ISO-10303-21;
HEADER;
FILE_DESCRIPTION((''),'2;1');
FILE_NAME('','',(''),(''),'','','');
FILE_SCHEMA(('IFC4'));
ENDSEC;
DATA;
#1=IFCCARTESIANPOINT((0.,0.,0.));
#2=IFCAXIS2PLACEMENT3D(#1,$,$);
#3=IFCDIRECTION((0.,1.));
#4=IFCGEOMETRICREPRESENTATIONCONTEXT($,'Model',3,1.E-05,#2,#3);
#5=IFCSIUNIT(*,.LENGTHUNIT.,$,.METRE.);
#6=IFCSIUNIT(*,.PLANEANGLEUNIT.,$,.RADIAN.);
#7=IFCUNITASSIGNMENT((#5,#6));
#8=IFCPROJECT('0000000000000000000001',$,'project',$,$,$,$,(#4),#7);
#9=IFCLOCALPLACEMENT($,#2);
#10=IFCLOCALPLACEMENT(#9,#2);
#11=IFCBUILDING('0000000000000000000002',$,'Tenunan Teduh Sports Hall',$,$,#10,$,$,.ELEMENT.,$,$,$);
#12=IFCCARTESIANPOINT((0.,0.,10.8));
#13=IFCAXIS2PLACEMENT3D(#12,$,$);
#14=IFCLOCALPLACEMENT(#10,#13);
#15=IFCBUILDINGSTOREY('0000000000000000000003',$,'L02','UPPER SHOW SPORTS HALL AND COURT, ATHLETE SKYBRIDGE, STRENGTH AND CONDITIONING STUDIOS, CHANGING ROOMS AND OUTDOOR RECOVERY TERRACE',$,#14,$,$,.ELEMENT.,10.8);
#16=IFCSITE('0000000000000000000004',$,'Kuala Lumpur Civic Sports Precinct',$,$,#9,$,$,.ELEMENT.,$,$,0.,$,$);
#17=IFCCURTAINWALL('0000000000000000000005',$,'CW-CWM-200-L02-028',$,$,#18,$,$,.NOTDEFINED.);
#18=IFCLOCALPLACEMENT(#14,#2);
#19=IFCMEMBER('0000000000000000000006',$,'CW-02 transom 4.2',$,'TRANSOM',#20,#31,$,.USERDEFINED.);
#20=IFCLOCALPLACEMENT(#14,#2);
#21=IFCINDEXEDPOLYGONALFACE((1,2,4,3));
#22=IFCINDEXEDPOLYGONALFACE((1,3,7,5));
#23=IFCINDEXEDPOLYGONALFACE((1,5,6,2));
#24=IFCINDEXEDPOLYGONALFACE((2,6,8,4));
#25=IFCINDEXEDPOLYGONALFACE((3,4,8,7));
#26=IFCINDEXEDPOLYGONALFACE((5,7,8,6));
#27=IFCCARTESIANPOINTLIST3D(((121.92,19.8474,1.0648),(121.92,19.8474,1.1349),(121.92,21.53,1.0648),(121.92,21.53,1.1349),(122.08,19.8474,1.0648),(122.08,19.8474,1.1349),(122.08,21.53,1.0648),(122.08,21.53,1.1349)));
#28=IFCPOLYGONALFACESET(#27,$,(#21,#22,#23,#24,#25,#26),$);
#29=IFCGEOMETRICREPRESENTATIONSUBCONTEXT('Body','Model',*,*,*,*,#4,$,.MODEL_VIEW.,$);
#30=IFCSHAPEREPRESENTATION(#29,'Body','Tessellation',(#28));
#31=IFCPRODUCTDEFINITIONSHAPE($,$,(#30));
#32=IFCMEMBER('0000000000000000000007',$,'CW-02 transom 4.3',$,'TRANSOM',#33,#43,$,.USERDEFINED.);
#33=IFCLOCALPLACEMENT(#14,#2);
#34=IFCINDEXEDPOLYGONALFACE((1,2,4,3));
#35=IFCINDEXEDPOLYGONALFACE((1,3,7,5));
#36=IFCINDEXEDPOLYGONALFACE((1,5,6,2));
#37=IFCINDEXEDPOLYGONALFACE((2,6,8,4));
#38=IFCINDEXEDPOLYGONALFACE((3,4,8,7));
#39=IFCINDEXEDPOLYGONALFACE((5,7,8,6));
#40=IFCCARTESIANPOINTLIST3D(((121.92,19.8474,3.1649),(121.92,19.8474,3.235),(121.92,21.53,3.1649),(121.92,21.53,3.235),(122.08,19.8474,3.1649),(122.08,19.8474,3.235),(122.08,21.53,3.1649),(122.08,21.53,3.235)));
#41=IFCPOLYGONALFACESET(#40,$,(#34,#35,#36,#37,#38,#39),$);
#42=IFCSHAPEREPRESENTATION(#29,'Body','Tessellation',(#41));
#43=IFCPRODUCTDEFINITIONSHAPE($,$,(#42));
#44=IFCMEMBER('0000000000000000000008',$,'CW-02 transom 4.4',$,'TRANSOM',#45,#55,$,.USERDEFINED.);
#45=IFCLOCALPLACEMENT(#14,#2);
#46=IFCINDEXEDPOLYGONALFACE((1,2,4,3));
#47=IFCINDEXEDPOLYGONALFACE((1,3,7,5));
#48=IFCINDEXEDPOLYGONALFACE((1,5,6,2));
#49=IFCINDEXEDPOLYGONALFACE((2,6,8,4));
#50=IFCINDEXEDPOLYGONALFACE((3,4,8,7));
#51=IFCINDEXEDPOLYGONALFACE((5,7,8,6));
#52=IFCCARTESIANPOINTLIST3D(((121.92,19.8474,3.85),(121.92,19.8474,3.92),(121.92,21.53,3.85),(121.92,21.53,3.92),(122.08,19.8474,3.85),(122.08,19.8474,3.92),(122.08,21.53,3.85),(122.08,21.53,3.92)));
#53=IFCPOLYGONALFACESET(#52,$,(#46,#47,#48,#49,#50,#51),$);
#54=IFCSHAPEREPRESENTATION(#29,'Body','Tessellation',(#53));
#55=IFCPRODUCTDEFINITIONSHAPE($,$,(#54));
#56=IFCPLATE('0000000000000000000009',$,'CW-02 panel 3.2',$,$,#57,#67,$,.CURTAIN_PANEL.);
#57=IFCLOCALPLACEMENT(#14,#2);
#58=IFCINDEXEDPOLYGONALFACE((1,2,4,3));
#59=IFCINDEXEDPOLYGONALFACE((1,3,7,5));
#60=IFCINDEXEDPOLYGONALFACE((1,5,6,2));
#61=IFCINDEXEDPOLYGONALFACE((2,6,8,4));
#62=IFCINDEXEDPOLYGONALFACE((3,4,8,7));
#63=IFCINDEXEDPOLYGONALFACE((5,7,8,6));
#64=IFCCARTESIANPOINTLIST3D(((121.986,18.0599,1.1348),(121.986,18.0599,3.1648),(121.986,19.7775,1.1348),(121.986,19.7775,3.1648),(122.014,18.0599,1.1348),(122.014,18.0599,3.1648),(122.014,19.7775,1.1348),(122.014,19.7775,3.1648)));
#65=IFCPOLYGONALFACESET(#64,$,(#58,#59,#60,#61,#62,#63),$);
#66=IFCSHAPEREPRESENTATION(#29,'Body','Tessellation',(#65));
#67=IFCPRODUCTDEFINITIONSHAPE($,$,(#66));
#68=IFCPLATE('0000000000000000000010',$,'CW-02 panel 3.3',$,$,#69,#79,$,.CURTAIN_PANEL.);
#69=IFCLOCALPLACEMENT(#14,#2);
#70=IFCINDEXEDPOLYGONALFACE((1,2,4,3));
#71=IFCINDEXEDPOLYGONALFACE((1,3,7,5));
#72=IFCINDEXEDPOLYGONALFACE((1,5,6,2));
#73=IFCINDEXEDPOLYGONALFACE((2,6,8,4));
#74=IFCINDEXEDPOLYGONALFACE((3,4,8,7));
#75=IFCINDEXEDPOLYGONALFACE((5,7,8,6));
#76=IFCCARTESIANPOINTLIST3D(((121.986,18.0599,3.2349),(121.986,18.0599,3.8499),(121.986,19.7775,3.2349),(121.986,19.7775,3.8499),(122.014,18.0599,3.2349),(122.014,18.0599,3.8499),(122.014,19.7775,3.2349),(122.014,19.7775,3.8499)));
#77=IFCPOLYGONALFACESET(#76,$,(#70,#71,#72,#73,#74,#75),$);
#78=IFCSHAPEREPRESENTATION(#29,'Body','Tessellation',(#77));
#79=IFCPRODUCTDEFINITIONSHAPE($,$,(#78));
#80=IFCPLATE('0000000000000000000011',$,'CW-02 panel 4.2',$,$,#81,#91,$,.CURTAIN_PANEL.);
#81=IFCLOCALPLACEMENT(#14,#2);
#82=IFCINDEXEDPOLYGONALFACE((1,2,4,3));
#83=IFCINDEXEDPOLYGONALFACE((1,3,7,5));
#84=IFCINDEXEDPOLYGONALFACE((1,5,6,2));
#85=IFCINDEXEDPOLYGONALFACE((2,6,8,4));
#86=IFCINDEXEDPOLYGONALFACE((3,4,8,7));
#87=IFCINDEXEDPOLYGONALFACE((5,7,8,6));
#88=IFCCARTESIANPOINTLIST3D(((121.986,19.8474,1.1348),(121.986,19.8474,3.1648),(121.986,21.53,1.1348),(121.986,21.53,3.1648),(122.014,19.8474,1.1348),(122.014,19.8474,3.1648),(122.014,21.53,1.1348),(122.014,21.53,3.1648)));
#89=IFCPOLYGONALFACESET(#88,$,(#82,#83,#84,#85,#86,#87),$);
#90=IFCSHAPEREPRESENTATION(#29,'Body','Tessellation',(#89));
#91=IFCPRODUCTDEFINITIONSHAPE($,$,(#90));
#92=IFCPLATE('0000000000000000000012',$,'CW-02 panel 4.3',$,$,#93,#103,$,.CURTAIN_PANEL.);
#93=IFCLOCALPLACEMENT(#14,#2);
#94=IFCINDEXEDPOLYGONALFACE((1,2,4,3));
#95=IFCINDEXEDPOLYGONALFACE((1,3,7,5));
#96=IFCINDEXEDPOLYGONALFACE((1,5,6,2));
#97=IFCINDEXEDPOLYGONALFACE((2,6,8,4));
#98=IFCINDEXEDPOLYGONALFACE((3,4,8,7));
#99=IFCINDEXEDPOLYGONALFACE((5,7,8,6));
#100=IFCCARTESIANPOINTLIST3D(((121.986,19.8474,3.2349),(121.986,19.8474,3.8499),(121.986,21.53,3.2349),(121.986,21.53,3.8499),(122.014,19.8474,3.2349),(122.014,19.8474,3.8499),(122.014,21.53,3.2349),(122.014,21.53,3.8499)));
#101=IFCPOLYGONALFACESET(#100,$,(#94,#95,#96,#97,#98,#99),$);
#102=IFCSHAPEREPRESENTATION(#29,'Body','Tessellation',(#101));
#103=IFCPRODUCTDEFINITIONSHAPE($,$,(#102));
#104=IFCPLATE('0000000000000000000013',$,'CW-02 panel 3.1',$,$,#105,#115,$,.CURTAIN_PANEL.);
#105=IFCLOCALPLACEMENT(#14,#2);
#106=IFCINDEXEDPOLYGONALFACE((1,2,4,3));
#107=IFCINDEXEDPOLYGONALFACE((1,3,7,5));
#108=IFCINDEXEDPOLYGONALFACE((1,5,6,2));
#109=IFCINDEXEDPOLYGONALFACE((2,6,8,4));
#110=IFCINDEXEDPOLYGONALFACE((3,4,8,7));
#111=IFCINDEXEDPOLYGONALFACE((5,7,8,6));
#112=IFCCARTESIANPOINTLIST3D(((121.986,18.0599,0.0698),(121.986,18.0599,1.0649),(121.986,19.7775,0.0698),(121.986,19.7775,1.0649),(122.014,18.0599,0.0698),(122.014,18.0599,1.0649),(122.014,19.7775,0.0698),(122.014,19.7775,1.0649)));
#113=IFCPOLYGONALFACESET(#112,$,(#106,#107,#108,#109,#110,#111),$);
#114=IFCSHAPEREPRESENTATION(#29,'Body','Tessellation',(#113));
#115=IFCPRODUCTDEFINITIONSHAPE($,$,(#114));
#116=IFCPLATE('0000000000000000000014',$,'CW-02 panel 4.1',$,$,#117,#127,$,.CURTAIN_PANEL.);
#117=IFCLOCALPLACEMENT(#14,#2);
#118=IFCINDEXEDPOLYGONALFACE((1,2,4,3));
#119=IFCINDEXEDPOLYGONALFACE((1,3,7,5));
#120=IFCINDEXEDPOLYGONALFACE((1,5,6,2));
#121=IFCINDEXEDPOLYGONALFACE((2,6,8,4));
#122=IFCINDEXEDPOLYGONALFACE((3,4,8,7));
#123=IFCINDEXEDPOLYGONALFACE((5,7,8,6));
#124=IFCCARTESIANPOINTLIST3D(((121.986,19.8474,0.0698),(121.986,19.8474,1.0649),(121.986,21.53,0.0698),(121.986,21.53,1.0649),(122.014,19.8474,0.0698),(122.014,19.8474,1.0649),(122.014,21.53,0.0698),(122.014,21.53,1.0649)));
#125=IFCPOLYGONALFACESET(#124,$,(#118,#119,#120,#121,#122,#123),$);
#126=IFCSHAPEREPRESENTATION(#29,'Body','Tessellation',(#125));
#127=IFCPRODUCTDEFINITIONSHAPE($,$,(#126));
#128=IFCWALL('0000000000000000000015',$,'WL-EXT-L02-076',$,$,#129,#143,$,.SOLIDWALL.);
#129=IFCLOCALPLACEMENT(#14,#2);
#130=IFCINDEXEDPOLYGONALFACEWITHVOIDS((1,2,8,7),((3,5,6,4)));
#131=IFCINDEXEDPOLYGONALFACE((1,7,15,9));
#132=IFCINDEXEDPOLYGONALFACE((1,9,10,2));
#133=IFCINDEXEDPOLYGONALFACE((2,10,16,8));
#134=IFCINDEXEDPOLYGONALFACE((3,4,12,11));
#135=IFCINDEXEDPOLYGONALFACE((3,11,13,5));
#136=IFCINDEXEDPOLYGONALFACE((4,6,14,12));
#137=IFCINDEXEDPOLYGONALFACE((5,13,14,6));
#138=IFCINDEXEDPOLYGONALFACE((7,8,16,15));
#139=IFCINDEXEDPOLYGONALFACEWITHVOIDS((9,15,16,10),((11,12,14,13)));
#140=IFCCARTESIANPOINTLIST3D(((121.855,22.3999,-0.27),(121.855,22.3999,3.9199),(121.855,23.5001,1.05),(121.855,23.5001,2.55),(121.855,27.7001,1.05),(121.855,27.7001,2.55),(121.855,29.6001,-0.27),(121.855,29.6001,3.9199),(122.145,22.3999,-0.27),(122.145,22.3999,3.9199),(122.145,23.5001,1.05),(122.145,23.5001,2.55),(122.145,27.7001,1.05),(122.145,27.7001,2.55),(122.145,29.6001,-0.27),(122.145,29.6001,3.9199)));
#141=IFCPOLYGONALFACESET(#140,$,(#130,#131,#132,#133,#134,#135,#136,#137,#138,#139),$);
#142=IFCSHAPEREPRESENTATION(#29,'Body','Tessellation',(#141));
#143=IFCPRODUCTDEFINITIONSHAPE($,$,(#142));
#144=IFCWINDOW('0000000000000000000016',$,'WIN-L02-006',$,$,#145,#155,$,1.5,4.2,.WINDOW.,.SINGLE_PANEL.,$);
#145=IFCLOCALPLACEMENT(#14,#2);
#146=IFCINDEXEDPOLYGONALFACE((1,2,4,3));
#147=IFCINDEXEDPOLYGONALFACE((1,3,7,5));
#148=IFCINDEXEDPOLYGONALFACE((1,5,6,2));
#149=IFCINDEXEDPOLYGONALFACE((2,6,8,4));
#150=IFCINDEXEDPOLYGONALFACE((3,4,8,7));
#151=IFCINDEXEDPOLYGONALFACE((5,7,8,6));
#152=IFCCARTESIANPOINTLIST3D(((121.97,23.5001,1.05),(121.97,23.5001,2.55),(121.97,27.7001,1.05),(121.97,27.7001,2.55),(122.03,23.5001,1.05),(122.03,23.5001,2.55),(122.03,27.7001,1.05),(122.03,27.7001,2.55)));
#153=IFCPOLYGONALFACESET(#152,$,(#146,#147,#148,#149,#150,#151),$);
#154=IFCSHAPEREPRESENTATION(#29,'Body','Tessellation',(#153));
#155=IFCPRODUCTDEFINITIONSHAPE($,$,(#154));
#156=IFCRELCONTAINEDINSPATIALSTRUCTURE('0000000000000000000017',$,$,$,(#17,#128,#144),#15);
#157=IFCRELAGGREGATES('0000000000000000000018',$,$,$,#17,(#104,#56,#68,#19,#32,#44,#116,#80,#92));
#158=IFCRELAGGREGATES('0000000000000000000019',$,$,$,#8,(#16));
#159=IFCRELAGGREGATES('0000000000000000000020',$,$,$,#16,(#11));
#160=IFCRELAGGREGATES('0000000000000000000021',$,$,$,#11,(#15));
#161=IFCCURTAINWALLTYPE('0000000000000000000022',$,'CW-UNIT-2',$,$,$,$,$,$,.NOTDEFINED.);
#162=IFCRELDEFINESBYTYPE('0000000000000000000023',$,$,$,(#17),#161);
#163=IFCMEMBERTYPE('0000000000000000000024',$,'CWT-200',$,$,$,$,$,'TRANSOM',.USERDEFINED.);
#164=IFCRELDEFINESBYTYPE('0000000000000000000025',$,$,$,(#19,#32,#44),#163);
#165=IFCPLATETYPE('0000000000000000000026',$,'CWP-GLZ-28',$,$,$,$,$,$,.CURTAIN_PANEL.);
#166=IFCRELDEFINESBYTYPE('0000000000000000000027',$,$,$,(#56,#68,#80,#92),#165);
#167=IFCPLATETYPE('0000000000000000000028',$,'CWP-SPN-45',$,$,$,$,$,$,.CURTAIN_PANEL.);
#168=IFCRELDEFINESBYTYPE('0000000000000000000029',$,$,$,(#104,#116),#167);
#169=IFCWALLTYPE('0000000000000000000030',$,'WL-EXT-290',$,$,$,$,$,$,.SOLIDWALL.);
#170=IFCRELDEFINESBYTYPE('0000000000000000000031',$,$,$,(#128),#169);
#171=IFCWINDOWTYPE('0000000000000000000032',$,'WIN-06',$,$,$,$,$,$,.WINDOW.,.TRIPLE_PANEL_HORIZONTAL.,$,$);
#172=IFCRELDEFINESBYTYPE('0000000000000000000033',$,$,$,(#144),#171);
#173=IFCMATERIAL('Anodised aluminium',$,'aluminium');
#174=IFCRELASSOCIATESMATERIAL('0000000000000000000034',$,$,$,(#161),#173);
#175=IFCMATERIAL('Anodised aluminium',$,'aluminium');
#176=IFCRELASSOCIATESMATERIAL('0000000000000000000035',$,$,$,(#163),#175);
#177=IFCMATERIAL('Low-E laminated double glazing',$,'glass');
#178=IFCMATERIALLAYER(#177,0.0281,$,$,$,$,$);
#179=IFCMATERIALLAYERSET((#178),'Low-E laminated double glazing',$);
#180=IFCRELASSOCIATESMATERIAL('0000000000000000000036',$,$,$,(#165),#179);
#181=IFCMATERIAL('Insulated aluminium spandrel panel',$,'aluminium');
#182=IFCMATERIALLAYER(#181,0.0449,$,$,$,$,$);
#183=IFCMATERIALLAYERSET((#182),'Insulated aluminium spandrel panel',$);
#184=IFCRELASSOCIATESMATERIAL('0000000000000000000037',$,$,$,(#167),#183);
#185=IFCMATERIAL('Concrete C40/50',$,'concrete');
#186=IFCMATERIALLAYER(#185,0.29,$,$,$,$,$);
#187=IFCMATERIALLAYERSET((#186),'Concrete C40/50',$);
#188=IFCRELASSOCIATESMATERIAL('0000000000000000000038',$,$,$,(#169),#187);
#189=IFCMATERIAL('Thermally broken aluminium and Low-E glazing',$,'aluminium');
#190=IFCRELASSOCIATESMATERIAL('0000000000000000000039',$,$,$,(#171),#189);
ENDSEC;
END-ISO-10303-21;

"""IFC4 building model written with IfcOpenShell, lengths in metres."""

from ifc_helpers import new_model, si_unit, direction, frame, frame_2d, origin, origin_2d, place, context, subcontext, project, spatial, rectangle, extrude, material, layer, layer_set, material_profile, profile_set, type_object, element, fill, aggregate, save


model = new_model("IFC4")

# Units and contexts
model_context = context("Model", 3, precision=1e-05, world=origin(), true_north=direction((0.0, 1.0)))
body_context = subcontext(model_context, "Body", "Model", "MODEL_VIEW")
ifc_project = project(units=[si_unit("LENGTHUNIT", "METRE"), si_unit("PLANEANGLEUNIT", "RADIAN")], contexts=[model_context])

# Site, building, storey
site_placement = place(None, origin())
site = spatial("IfcSite", under=ifc_project, at=site_placement, Name="Kuala Lumpur Civic Sports Precinct", CompositionType="ELEMENT", RefElevation=0.0)
building_placement = place(site_placement, origin())
building = spatial("IfcBuilding", under=site, at=building_placement, Name="Tenunan Teduh Sports Hall", CompositionType="ELEMENT")
storey_placement = place(building_placement, frame((0.0, 0.0, 10.8)))
storey = spatial("IfcBuildingStorey", under=building, at=storey_placement, Name="L02", Description="UPPER SHOW SPORTS HALL AND COURT, ATHLETE SKYBRIDGE, STRENGTH AND CONDITIONING STUDIOS, CHANGING ROOMS AND OUTDOOR RECOVERY TERRACE", CompositionType="ELEMENT", Elevation=10.8)

# Shared definitions
ifc_material_1 = material(Name="Anodised aluminium", Category="aluminium")
curtain_wall_type = type_object("IfcCurtainWallType", Name="CW-UNIT-2", PredefinedType="NOTDEFINED", material=ifc_material_1)

# Curtain wall
curtain_wall_1_placement = place(storey_placement, origin())
curtain_wall_1 = element("IfcCurtainWall", 1, at=curtain_wall_1_placement, inside=storey, type_object=curtain_wall_type, Name="CW-CWM-200-L02-028", PredefinedType="NOTDEFINED")

# Members
ifc_material_2 = material(Name="Anodised aluminium", Category="aluminium")
ifc_material_profile_1 = material_profile(ifc_material_2, rectangle(XDim=0.0701, YDim=0.1599, at=origin_2d()), Name="CWT 70x160")
ifc_profile_set_1 = profile_set([ifc_material_profile_1], Name="Anodised aluminium")
member_type_1 = type_object("IfcMemberType", Name="CWT-200", ElementType="TRANSOM", PredefinedType="USERDEFINED", material=ifc_profile_set_1)
member_1_placement = place(storey_placement, frame((122.0, 19.8474, 1.0999), z_axis=(0.0, 1.0, 0.0), x_axis=(0.0, 0.0, 1.0)))
member_1 = element("IfcMember", 2, at=member_1_placement, type_object=member_type_1, Name="CW-02 transom 4.2", ObjectType="TRANSOM", PredefinedType="USERDEFINED", context=body_context, shape_type="SweptSolid", body=[
    extrude(rectangle(XDim=0.0701, YDim=0.1599, at=origin_2d()), origin(), (0.0, 0.0, 1.0), 1.6826),
])
member_2_placement = place(storey_placement, frame((122.0, 19.8474, 3.2), z_axis=(0.0, 1.0, 0.0), x_axis=(0.0, 0.0, 1.0)))
member_2 = element("IfcMember", 3, at=member_2_placement, type_object=member_type_1, Name="CW-02 transom 4.3", ObjectType="TRANSOM", PredefinedType="USERDEFINED", context=body_context, shape_type="SweptSolid", body=[
    extrude(rectangle(XDim=0.0701, YDim=0.1599, at=origin_2d()), origin(), (0.0, 0.0, 1.0), 1.6826),
])
member_3_placement = place(storey_placement, frame((122.0, 19.8474, 3.885), z_axis=(0.0, 1.0, 0.0), x_axis=(0.0, 0.0, 1.0)))
member_3 = element("IfcMember", 4, at=member_3_placement, type_object=member_type_1, Name="CW-02 transom 4.4", ObjectType="TRANSOM", PredefinedType="USERDEFINED", context=body_context, shape_type="SweptSolid", body=[
    extrude(rectangle(XDim=0.0701, YDim=0.1599, at=origin_2d()), origin(), (0.0, 0.0, 1.0), 1.6826),
])

# Plates
ifc_material_3 = material(Name="Low-E laminated double glazing", Category="glass")
ifc_layer_1 = layer(ifc_material_3, 0.0281)
ifc_layer_set_1 = layer_set([ifc_layer_1], Name="Low-E laminated double glazing")
plate_type_1 = type_object("IfcPlateType", Name="CWP-GLZ-28", PredefinedType="CURTAIN_PANEL", material=ifc_layer_set_1)
plate_1_placement = place(storey_placement, frame((122.0, 18.9187, 1.1348), z_axis=(0.0, 0.0, 1.0), x_axis=(0.0, 1.0, 0.0)))
plate_1 = element("IfcPlate", 5, at=plate_1_placement, type_object=plate_type_1, Name="CW-02 panel 3.2", PredefinedType="CURTAIN_PANEL", context=body_context, shape_type="SweptSolid", body=[
    extrude(rectangle(XDim=1.7175, YDim=0.0281, at=origin_2d()), origin(), (0.0, 0.0, 1.0), 2.03),
])
plate_2_placement = place(storey_placement, frame((122.0, 18.9187, 3.2349), z_axis=(0.0, 0.0, 1.0), x_axis=(0.0, 1.0, 0.0)))
plate_2 = element("IfcPlate", 6, at=plate_2_placement, type_object=plate_type_1, Name="CW-02 panel 3.3", PredefinedType="CURTAIN_PANEL", context=body_context, shape_type="SweptSolid", body=[
    extrude(rectangle(XDim=1.7175, YDim=0.0281, at=origin_2d()), origin(), (0.0, 0.0, 1.0), 0.615),
])
plate_3_placement = place(storey_placement, frame((122.0, 20.6887, 1.1348), z_axis=(0.0, 0.0, 1.0), x_axis=(0.0, 1.0, 0.0)))
plate_3 = element("IfcPlate", 7, at=plate_3_placement, type_object=plate_type_1, Name="CW-02 panel 4.2", PredefinedType="CURTAIN_PANEL", context=body_context, shape_type="SweptSolid", body=[
    extrude(rectangle(XDim=1.6826, YDim=0.0281, at=origin_2d()), origin(), (0.0, 0.0, 1.0), 2.03),
])
plate_4_placement = place(storey_placement, frame((122.0, 20.6887, 3.2349), z_axis=(0.0, 0.0, 1.0), x_axis=(0.0, 1.0, 0.0)))
plate_4 = element("IfcPlate", 8, at=plate_4_placement, type_object=plate_type_1, Name="CW-02 panel 4.3", PredefinedType="CURTAIN_PANEL", context=body_context, shape_type="SweptSolid", body=[
    extrude(rectangle(XDim=1.6826, YDim=0.0281, at=origin_2d()), origin(), (0.0, 0.0, 1.0), 0.615),
])
ifc_material_4 = material(Name="Insulated aluminium spandrel panel", Category="aluminium")
ifc_layer_2 = layer(ifc_material_4, 0.0449)
ifc_layer_set_2 = layer_set([ifc_layer_2], Name="Insulated aluminium spandrel panel")
plate_type_2 = type_object("IfcPlateType", Name="CWP-SPN-45", PredefinedType="CURTAIN_PANEL", material=ifc_layer_set_2)
plate_5_placement = place(storey_placement, frame((122.0, 18.9187, 0.0698), z_axis=(0.0, 0.0, 1.0), x_axis=(0.0, 1.0, 0.0)))
plate_5 = element("IfcPlate", 9, at=plate_5_placement, type_object=plate_type_2, Name="CW-02 panel 3.1", PredefinedType="CURTAIN_PANEL", context=body_context, shape_type="SweptSolid", body=[
    extrude(rectangle(XDim=1.7175, YDim=0.0281, at=origin_2d()), origin(), (0.0, 0.0, 1.0), 0.9951),
])
plate_6_placement = place(storey_placement, frame((122.0, 20.6887, 0.0698), z_axis=(0.0, 0.0, 1.0), x_axis=(0.0, 1.0, 0.0)))
plate_6 = element("IfcPlate", 10, at=plate_6_placement, type_object=plate_type_2, Name="CW-02 panel 4.1", PredefinedType="CURTAIN_PANEL", context=body_context, shape_type="SweptSolid", body=[
    extrude(rectangle(XDim=1.6826, YDim=0.0281, at=origin_2d()), origin(), (0.0, 0.0, 1.0), 0.9951),
])
aggregate(curtain_wall_1, [plate_5, plate_1, plate_2, member_1, member_2, member_3, plate_6, plate_3, plate_4])

# Wall, opening, window
ifc_material_5 = material(Name="Concrete C40/50", Category="concrete")
ifc_layer_3 = layer(ifc_material_5, 0.29)
ifc_layer_set_3 = layer_set([ifc_layer_3], Name="Concrete C40/50")
wall_type = type_object("IfcWallType", Name="WL-EXT-290", PredefinedType="SOLIDWALL", material=ifc_layer_set_3)
wall_placement = place(storey_placement, frame((122.0, 22.3999, -0.27), z_axis=(0.0, 0.0, 1.0), x_axis=(0.0, 1.0, 0.0)))
wall = element("IfcWall", 11, at=wall_placement, inside=storey, type_object=wall_type, Name="WL-EXT-L02-076", PredefinedType="SOLIDWALL", context=body_context, shape_type="SweptSolid", body=[
    extrude(rectangle(XDim=7.2002, YDim=0.29, at=frame_2d((3.6001, 0.0))), origin(), (0.0, 0.0, 1.0), 4.1899),
])
opening_placement = place(wall_placement, frame((1.1001, 0.0, 1.3201)))
opening = element("IfcOpeningElement", 12, at=opening_placement, cuts=wall, PredefinedType="OPENING", context=body_context, shape_type="SweptSolid", body=[
    extrude(rectangle(XDim=4.2, YDim=1.5, at=frame_2d((2.1001, 0.75))), frame((0.0, 0.155, 0.0), z_axis=(0.0, -1.0, 0.0), x_axis=(1.0, 0.0, 0.0)), (0.0, 0.0, 1.0), 0.3101),
])
ifc_material_6 = material(Name="Thermally broken aluminium and Low-E glazing", Category="aluminium")
window_type = type_object("IfcWindowType", Name="WIN-06", PartitioningType="TRIPLE_PANEL_HORIZONTAL", PredefinedType="WINDOW", material=ifc_material_6)
window_placement = place(opening_placement, origin())
window = element("IfcWindow", 13, at=window_placement, inside=storey, type_object=window_type, Name="WIN-L02-006", OverallHeight=1.5, OverallWidth=4.2, PartitioningType="SINGLE_PANEL", PredefinedType="WINDOW", context=body_context, shape_type="SweptSolid", body=[
    extrude(rectangle(XDim=4.2, YDim=1.5, at=frame_2d((2.1001, 0.75))), frame((0.0, 0.03, 0.0), z_axis=(0.0, -1.0, 0.0), x_axis=(1.0, 0.0, 0.0)), (0.0, 0.0, 1.0), 0.0601),
])
fill(opening, window)

save(model, "model.ifc")
